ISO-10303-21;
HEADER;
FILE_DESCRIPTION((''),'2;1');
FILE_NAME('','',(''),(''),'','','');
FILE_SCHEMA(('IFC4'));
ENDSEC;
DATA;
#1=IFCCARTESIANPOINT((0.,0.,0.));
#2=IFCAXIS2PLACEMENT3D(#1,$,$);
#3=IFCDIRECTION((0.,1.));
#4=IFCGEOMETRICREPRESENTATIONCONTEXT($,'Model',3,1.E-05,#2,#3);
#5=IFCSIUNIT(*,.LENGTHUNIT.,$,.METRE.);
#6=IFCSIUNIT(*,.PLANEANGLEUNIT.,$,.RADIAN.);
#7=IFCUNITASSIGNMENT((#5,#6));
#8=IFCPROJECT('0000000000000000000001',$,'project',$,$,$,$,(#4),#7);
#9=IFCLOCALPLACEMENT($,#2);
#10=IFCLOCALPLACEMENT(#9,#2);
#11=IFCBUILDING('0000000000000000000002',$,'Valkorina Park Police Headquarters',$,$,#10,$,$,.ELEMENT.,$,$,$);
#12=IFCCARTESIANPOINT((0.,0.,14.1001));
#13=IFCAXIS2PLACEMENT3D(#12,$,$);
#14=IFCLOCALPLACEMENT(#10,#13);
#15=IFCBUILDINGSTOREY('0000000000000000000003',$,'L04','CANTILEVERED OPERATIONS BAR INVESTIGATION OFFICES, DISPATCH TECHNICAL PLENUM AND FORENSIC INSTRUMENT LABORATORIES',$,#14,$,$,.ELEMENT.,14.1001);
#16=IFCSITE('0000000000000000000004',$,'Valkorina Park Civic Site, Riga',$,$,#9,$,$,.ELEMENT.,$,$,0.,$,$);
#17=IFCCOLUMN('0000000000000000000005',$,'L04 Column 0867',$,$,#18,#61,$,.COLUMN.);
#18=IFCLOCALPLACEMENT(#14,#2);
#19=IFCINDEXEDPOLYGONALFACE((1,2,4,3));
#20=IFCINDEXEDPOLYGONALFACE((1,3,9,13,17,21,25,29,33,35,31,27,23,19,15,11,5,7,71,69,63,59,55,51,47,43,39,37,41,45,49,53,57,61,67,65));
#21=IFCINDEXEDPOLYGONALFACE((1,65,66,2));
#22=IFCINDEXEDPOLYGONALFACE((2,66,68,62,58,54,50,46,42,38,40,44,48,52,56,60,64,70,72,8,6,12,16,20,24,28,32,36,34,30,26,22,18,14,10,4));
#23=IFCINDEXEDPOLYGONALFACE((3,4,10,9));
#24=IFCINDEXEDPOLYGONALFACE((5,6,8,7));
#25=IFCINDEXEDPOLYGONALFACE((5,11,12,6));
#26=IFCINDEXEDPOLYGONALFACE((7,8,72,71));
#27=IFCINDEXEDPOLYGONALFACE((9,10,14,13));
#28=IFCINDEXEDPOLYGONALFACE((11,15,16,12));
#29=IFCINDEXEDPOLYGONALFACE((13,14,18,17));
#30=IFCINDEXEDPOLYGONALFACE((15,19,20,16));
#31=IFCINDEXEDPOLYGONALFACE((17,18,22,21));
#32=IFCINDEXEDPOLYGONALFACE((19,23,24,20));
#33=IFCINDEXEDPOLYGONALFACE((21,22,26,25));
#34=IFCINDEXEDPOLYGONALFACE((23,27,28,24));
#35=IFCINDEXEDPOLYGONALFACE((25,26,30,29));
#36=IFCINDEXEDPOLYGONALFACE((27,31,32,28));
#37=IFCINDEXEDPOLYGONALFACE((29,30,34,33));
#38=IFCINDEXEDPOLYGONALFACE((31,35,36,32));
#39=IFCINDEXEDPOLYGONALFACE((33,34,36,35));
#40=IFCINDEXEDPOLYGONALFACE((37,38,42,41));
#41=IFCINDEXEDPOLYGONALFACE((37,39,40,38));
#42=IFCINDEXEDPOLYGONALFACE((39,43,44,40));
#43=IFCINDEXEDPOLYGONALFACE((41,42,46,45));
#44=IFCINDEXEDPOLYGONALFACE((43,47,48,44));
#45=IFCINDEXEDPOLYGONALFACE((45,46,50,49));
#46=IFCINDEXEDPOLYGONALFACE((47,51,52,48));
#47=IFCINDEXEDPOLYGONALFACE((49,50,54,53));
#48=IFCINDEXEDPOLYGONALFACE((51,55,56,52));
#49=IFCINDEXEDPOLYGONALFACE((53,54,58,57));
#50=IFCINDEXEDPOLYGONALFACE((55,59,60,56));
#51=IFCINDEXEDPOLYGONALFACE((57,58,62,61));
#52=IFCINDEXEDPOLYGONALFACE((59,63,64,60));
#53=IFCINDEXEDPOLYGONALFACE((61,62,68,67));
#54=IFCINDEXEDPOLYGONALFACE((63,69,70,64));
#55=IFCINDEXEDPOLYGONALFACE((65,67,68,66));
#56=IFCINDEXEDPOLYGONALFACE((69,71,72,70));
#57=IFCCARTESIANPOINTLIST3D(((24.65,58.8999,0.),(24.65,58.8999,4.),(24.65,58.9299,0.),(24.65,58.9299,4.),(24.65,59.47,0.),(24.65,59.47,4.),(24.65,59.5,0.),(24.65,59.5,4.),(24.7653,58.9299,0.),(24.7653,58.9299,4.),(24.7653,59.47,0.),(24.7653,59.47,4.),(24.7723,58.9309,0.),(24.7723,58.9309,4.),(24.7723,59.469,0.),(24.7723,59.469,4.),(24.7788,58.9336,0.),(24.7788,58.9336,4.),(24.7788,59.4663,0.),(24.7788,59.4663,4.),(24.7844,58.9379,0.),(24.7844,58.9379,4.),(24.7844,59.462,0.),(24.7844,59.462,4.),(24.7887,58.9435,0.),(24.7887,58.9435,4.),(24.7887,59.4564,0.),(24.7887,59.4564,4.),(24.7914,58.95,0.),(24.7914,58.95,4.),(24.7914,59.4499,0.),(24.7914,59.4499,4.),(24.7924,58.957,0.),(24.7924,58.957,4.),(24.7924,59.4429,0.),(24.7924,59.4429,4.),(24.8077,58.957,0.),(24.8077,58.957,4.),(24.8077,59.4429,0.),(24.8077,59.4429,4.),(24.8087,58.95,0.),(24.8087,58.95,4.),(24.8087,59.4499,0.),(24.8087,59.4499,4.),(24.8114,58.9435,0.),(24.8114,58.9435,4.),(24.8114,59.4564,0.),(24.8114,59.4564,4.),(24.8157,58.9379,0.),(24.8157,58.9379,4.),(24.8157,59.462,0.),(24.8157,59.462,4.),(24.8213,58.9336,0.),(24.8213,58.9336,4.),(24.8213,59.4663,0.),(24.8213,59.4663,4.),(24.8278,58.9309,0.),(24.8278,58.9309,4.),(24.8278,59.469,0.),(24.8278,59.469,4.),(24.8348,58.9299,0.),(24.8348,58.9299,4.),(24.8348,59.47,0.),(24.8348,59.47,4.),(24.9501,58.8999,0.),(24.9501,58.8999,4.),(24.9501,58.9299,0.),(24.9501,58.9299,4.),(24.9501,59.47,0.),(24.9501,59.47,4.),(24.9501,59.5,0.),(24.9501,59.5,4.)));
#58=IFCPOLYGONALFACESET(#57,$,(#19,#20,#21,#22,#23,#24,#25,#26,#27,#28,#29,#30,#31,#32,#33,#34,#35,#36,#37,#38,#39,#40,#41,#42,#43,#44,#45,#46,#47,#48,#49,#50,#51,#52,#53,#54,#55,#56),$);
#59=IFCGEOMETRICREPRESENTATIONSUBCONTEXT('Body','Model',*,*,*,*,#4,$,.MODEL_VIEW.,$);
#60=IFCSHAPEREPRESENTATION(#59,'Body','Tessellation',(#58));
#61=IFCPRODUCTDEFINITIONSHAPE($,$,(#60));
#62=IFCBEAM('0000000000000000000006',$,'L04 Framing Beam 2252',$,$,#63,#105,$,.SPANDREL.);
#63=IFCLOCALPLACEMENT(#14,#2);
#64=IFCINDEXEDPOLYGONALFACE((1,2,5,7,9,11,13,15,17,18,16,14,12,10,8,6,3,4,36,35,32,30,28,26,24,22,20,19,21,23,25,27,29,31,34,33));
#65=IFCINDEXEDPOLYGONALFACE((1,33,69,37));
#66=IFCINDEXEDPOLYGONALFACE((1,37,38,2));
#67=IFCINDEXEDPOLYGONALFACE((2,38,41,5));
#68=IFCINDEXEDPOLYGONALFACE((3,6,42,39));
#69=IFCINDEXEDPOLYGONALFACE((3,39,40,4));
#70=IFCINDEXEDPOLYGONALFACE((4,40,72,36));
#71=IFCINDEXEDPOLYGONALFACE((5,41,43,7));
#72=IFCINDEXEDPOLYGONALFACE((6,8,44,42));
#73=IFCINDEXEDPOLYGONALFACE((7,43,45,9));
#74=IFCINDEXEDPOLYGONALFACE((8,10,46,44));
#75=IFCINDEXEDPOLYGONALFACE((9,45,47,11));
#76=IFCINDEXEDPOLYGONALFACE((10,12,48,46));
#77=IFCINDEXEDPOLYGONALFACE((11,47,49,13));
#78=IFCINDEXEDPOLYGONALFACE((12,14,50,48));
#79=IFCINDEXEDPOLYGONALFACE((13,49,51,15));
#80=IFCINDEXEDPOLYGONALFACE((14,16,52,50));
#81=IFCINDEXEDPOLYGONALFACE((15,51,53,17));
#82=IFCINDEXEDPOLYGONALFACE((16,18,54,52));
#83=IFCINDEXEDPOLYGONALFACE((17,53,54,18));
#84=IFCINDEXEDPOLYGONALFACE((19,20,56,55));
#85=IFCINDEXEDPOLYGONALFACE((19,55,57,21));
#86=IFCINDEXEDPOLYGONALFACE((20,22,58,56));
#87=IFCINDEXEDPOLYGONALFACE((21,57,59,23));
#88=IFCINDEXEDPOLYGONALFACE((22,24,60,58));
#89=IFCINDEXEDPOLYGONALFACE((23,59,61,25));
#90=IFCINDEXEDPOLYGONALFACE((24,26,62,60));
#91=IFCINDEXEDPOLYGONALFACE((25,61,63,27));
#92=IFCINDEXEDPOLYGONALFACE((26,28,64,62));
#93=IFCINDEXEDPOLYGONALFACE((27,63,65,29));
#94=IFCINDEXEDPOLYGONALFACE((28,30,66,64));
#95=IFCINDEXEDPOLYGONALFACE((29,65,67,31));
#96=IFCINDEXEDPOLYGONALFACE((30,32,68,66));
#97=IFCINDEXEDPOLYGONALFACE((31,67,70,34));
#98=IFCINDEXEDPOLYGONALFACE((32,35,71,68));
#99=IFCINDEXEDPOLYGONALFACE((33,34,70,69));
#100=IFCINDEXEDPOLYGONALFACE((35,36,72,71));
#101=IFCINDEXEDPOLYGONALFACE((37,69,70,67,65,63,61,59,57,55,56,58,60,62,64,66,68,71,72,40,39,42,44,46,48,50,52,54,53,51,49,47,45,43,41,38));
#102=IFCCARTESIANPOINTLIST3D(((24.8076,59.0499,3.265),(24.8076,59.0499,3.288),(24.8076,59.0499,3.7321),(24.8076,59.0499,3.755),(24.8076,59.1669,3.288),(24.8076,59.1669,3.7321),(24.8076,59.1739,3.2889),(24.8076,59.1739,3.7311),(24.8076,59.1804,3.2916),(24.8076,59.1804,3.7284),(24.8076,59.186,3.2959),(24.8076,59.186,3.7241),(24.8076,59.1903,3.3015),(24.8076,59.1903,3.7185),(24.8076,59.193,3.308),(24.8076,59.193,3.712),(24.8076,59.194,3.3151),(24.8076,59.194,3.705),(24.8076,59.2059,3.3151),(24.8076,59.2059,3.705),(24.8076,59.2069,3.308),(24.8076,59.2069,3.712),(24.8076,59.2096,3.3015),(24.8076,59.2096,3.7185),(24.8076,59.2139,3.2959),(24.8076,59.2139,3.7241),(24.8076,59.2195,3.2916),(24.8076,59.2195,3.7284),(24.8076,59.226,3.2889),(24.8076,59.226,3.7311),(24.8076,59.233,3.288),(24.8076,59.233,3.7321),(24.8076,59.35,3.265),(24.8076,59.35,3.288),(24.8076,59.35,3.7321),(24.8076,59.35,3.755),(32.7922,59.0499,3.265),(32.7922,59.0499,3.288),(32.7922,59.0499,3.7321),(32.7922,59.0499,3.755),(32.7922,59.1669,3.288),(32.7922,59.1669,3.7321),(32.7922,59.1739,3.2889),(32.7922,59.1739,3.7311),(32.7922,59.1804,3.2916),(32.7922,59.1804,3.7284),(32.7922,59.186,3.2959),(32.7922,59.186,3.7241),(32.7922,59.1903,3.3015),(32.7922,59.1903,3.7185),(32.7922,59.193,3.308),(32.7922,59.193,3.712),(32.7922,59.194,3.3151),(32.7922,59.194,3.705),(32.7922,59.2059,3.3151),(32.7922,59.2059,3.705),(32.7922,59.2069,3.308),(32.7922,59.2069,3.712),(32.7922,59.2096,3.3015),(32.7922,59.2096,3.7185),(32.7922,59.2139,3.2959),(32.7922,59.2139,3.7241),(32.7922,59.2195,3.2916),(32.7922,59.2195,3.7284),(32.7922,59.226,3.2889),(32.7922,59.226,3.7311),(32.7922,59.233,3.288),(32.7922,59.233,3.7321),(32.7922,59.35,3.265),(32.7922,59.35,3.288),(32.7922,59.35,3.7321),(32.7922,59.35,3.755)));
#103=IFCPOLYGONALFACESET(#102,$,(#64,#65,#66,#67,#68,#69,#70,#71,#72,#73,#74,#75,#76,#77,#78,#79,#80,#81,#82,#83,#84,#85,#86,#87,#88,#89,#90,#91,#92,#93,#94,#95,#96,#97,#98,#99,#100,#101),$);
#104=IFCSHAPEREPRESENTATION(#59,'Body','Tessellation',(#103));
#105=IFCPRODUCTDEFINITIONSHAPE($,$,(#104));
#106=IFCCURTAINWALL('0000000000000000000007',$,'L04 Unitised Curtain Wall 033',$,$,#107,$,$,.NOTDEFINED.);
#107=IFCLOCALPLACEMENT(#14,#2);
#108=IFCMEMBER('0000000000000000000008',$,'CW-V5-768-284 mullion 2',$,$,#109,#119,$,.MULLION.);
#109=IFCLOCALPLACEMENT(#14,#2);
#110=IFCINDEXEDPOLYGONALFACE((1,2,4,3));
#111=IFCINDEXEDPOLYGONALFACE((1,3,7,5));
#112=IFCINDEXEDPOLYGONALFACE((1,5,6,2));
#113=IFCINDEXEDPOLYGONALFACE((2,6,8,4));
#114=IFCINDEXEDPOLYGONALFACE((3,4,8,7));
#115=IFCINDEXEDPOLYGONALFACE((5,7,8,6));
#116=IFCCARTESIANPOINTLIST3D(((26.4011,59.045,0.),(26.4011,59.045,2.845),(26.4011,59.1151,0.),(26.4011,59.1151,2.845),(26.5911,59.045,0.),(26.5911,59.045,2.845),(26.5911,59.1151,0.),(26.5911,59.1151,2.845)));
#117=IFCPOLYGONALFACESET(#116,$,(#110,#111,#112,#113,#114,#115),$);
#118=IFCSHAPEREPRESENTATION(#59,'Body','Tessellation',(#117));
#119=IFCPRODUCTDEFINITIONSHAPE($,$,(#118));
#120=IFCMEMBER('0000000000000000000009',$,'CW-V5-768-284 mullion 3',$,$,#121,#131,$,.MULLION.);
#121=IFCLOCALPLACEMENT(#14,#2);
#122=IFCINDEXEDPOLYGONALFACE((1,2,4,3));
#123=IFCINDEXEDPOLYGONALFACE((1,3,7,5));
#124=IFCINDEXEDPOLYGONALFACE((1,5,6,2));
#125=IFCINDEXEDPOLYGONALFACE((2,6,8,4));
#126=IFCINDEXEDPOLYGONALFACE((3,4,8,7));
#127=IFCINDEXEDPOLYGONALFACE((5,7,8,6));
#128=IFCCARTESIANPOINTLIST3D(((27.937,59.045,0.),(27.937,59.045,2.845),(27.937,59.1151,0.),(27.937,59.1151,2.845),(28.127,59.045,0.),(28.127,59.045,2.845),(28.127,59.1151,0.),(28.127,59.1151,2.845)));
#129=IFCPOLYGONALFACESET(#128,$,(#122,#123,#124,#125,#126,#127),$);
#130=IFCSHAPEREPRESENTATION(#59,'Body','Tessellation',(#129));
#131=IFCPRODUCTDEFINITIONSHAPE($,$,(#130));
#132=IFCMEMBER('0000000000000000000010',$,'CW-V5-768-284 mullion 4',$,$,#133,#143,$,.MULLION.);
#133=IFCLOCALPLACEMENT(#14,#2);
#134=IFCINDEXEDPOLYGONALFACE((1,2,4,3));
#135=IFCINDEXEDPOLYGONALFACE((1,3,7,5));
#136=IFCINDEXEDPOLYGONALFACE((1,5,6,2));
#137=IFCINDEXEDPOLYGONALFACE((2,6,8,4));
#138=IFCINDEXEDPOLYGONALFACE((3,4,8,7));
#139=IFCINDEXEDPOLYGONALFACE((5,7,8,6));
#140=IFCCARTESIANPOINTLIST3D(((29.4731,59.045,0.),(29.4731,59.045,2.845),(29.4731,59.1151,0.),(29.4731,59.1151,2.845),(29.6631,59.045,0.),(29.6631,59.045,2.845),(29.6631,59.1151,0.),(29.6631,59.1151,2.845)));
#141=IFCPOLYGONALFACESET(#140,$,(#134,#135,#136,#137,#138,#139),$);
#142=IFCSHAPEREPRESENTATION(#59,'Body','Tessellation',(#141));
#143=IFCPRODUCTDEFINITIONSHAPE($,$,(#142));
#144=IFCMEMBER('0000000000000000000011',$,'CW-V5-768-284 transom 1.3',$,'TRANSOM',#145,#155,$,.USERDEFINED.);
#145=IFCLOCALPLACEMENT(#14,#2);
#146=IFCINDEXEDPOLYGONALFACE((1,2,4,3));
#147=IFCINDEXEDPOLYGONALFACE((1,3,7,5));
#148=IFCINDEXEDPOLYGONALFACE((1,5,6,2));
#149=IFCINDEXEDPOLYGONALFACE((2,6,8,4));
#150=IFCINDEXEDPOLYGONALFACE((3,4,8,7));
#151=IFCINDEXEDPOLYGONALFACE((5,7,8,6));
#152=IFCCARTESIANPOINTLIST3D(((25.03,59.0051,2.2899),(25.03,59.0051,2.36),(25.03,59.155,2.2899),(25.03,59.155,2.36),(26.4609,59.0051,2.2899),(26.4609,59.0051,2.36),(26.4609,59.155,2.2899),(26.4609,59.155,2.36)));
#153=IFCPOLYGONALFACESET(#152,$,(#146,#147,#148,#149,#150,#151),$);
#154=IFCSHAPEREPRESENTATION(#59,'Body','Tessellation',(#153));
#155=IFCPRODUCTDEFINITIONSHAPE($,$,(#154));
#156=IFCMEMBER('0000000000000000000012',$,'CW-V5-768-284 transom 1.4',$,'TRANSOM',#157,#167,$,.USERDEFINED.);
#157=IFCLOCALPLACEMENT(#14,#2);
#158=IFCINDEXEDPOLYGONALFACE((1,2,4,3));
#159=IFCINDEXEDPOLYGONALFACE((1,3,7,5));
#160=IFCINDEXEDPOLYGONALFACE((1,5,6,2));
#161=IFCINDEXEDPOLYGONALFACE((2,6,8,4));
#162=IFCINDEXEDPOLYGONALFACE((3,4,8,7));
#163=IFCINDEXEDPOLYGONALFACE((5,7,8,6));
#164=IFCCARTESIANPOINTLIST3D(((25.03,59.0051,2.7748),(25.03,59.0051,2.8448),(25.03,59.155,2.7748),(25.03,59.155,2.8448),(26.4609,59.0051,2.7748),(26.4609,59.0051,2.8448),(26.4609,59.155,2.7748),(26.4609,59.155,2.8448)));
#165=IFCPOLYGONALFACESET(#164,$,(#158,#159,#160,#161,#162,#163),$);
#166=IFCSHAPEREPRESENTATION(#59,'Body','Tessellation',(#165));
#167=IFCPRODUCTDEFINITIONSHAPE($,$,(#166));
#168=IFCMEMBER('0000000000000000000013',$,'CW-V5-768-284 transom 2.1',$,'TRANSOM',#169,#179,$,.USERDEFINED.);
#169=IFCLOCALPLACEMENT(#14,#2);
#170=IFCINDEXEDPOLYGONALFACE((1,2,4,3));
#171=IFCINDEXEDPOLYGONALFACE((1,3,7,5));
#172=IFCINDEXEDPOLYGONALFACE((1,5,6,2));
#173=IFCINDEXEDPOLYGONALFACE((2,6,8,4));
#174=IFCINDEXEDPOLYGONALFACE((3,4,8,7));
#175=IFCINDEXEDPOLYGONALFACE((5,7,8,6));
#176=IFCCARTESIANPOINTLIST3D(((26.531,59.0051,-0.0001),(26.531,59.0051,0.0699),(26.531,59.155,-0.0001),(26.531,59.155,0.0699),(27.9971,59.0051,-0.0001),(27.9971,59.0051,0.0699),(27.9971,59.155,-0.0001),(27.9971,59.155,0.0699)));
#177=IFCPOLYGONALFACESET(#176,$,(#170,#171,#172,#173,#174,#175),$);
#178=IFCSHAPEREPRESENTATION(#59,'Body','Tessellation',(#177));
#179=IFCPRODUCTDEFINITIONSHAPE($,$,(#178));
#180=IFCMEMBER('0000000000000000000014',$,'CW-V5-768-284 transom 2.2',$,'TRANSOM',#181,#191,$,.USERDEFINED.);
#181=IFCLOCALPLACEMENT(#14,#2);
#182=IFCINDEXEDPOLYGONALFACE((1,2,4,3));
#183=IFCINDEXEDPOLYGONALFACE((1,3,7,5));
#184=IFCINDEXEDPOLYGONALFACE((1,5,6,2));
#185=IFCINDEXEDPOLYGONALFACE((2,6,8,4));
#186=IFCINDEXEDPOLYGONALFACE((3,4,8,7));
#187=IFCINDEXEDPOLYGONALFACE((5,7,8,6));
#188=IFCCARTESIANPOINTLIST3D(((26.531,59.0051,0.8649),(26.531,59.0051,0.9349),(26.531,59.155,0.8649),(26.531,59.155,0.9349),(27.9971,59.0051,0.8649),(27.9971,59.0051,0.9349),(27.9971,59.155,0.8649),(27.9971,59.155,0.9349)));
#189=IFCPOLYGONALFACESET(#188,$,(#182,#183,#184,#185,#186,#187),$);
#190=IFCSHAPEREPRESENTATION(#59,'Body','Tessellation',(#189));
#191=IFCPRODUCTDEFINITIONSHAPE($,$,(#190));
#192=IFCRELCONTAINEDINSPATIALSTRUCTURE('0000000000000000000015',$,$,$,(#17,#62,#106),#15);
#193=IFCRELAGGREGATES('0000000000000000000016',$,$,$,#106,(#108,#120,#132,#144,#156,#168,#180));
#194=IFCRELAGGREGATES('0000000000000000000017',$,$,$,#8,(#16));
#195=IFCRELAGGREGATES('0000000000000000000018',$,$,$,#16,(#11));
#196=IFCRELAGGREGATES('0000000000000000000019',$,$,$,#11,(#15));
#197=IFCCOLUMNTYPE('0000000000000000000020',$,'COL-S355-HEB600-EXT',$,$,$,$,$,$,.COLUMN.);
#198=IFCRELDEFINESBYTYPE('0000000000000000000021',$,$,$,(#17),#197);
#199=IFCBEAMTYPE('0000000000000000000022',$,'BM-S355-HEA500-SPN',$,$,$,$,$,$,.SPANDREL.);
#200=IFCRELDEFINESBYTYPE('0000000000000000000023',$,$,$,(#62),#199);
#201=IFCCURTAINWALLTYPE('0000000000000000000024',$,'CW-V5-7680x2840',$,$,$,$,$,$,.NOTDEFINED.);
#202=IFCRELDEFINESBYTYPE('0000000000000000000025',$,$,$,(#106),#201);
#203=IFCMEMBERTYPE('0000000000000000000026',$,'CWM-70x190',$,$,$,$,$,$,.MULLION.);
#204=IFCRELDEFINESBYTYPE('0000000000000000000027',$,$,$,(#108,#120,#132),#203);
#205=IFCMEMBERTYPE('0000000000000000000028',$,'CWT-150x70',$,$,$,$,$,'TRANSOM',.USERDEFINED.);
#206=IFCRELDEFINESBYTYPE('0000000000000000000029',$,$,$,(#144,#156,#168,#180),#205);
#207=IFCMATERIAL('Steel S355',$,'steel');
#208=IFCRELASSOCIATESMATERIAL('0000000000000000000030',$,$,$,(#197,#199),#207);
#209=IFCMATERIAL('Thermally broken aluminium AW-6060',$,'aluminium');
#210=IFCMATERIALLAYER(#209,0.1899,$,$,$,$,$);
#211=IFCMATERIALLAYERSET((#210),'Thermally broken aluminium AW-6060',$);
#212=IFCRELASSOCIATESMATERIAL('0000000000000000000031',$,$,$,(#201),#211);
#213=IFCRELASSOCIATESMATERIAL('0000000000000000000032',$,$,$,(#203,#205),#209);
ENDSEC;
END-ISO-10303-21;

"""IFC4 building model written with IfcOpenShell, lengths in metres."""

from ifc_helpers import new_model, si_unit, direction, frame, origin, origin_2d, place, context, subcontext, project, spatial, rectangle, i_section, extrude, material, layer, layer_set, material_profile, profile_set, type_object, element, aggregate, save


model = new_model("IFC4")

# Units and contexts
model_context = context("Model", 3, precision=1e-05, world=origin(), true_north=direction((0.0, 1.0)))
body_context = subcontext(model_context, "Body", "Model", "MODEL_VIEW")
ifc_project = project(units=[si_unit("LENGTHUNIT", "METRE"), si_unit("PLANEANGLEUNIT", "RADIAN")], contexts=[model_context])

# Site, building, storey
site_placement = place(None, origin())
site = spatial("IfcSite", under=ifc_project, at=site_placement, Name="Valkorina Park Civic Site, Riga", CompositionType="ELEMENT", RefElevation=0.0)
building_placement = place(site_placement, origin())
building = spatial("IfcBuilding", under=site, at=building_placement, Name="Valkorina Park Police Headquarters", CompositionType="ELEMENT")
storey_placement = place(building_placement, frame((0.0, 0.0, 14.1001)))
storey = spatial("IfcBuildingStorey", under=building, at=storey_placement, Name="L04", Description="CANTILEVERED OPERATIONS BAR INVESTIGATION OFFICES, DISPATCH TECHNICAL PLENUM AND FORENSIC INSTRUMENT LABORATORIES", CompositionType="ELEMENT", Elevation=14.1001)

# Column
ifc_material_1 = material(Name="Steel S355", Category="steel")
ifc_material_profile_1 = material_profile(ifc_material_1, i_section(OverallWidth=0.3, OverallDepth=0.6001, WebThickness=0.0154, FlangeThickness=0.03, FilletRadius=0.0271, at=origin_2d()), Name="HEB 600")
ifc_profile_set_1 = profile_set([ifc_material_profile_1], Name="Steel S355")
column_type = type_object("IfcColumnType", Name="COL-S355-HEB600-EXT", PredefinedType="COLUMN", material=ifc_profile_set_1)
column_placement = place(storey_placement, frame((24.8, 59.2, 0.0), z_axis=(0.0, 0.0, 1.0), x_axis=(1.0, 0.0, 0.0)))
element("IfcColumn", 1, at=column_placement, inside=storey, type_object=column_type, Name="L04 Column 0867", PredefinedType="COLUMN", context=body_context, shape_type="SweptSolid", body=[
    extrude(i_section(OverallWidth=0.3, OverallDepth=0.6001, WebThickness=0.0154, FlangeThickness=0.03, FilletRadius=0.0271, at=origin_2d()), origin(), (0.0, 0.0, 1.0), 4.0),
])

# Beam
ifc_material_profile_2 = material_profile(ifc_material_1, i_section(OverallWidth=0.3, OverallDepth=0.49, WebThickness=0.012, FlangeThickness=0.0229, FilletRadius=0.0271, at=origin_2d()), Name="HEA 500")
ifc_profile_set_2 = profile_set([ifc_material_profile_2], Name="Steel S355")
beam_type = type_object("IfcBeamType", Name="BM-S355-HEA500-SPN", PredefinedType="SPANDREL", material=ifc_profile_set_2)
beam_placement = place(storey_placement, frame((24.8076, 59.2, 3.51), z_axis=(1.0, 0.0, 0.0), x_axis=(0.0, 1.0, 0.0)))
element("IfcBeam", 2, at=beam_placement, inside=storey, type_object=beam_type, Name="L04 Framing Beam 2252", PredefinedType="SPANDREL", context=body_context, shape_type="SweptSolid", body=[
    extrude(i_section(OverallWidth=0.3, OverallDepth=0.49, WebThickness=0.012, FlangeThickness=0.0229, FilletRadius=0.0271, at=origin_2d()), origin(), (0.0, 0.0, 1.0), 7.9846),
])

# Curtain wall, members
ifc_material_2 = material(Name="Thermally broken aluminium AW-6060", Category="aluminium")
ifc_layer_1 = layer(ifc_material_2, 0.1899)
ifc_layer_set_1 = layer_set([ifc_layer_1], Name="Thermally broken aluminium AW-6060")
curtain_wall_type = type_object("IfcCurtainWallType", Name="CW-V5-7680x2840", PredefinedType="NOTDEFINED", material=ifc_layer_set_1)
curtain_wall_placement = place(storey_placement, origin())
curtain_wall = element("IfcCurtainWall", 3, at=curtain_wall_placement, inside=storey, type_object=curtain_wall_type, Name="L04 Unitised Curtain Wall 033", PredefinedType="NOTDEFINED")
ifc_material_profile_3 = material_profile(ifc_material_2, rectangle(XDim=0.0701, YDim=0.1899, at=origin_2d()), Name="CWM-02 70x190")
ifc_profile_set_3 = profile_set([ifc_material_profile_3], Name="Thermally broken aluminium AW-6060")
member_type_1 = type_object("IfcMemberType", Name="CWM-70x190", PredefinedType="MULLION", material=ifc_profile_set_3)
member_1_placement = place(storey_placement, frame((26.4961, 59.0801, 0.0), z_axis=(0.0, 0.0, 1.0), x_axis=(0.0, 1.0, 0.0)))
member_1 = element("IfcMember", 4, at=member_1_placement, type_object=member_type_1, Name="CW-V5-768-284 mullion 2", PredefinedType="MULLION", context=body_context, shape_type="SweptSolid", body=[
    extrude(rectangle(XDim=0.0701, YDim=0.1899, at=origin_2d()), origin(), (0.0, 0.0, 1.0), 2.845),
])
member_2_placement = place(storey_placement, frame((28.032, 59.0801, 0.0), z_axis=(0.0, 0.0, 1.0), x_axis=(0.0, 1.0, 0.0)))
member_2 = element("IfcMember", 5, at=member_2_placement, type_object=member_type_1, Name="CW-V5-768-284 mullion 3", PredefinedType="MULLION", context=body_context, shape_type="SweptSolid", body=[
    extrude(rectangle(XDim=0.0701, YDim=0.1899, at=origin_2d()), origin(), (0.0, 0.0, 1.0), 2.845),
])
member_3_placement = place(storey_placement, frame((29.5681, 59.0801, 0.0), z_axis=(0.0, 0.0, 1.0), x_axis=(0.0, 1.0, 0.0)))
member_3 = element("IfcMember", 6, at=member_3_placement, type_object=member_type_1, Name="CW-V5-768-284 mullion 4", PredefinedType="MULLION", context=body_context, shape_type="SweptSolid", body=[
    extrude(rectangle(XDim=0.0701, YDim=0.1899, at=origin_2d()), origin(), (0.0, 0.0, 1.0), 2.845),
])
ifc_material_profile_4 = material_profile(ifc_material_2, rectangle(XDim=0.1499, YDim=0.0701, at=origin_2d()), Name="CWT-02 150x70")
ifc_profile_set_4 = profile_set([ifc_material_profile_4], Name="Thermally broken aluminium AW-6060")
member_type_2 = type_object("IfcMemberType", Name="CWT-150x70", ElementType="TRANSOM", PredefinedType="USERDEFINED", material=ifc_profile_set_4)
member_4_placement = place(storey_placement, frame((25.03, 59.0801, 2.325), z_axis=(1.0, 0.0, 0.0), x_axis=(0.0, 1.0, 0.0)))
member_4 = element("IfcMember", 7, at=member_4_placement, type_object=member_type_2, Name="CW-V5-768-284 transom 1.3", ObjectType="TRANSOM", PredefinedType="USERDEFINED", context=body_context, shape_type="SweptSolid", body=[
    extrude(rectangle(XDim=0.1499, YDim=0.0701, at=origin_2d()), origin(), (0.0, 0.0, 1.0), 1.4309),
])
member_5_placement = place(storey_placement, frame((25.03, 59.0801, 2.8098), z_axis=(1.0, 0.0, 0.0), x_axis=(0.0, 1.0, 0.0)))
member_5 = element("IfcMember", 8, at=member_5_placement, type_object=member_type_2, Name="CW-V5-768-284 transom 1.4", ObjectType="TRANSOM", PredefinedType="USERDEFINED", context=body_context, shape_type="SweptSolid", body=[
    extrude(rectangle(XDim=0.1499, YDim=0.0701, at=origin_2d()), origin(), (0.0, 0.0, 1.0), 1.4309),
])
member_6_placement = place(storey_placement, frame((26.531, 59.0801, 0.0349), z_axis=(1.0, 0.0, 0.0), x_axis=(0.0, 1.0, 0.0)))
member_6 = element("IfcMember", 9, at=member_6_placement, type_object=member_type_2, Name="CW-V5-768-284 transom 2.1", ObjectType="TRANSOM", PredefinedType="USERDEFINED", context=body_context, shape_type="SweptSolid", body=[
    extrude(rectangle(XDim=0.1499, YDim=0.0701, at=origin_2d()), origin(), (0.0, 0.0, 1.0), 1.4661),
])
member_7_placement = place(storey_placement, frame((26.531, 59.0801, 0.8999), z_axis=(1.0, 0.0, 0.0), x_axis=(0.0, 1.0, 0.0)))
member_7 = element("IfcMember", 10, at=member_7_placement, type_object=member_type_2, Name="CW-V5-768-284 transom 2.2", ObjectType="TRANSOM", PredefinedType="USERDEFINED", context=body_context, shape_type="SweptSolid", body=[
    extrude(rectangle(XDim=0.1499, YDim=0.0701, at=origin_2d()), origin(), (0.0, 0.0, 1.0), 1.4661),
])
aggregate(curtain_wall, [member_1, member_2, member_3, member_4, member_5, member_6, member_7])

save(model, "model.ifc")
